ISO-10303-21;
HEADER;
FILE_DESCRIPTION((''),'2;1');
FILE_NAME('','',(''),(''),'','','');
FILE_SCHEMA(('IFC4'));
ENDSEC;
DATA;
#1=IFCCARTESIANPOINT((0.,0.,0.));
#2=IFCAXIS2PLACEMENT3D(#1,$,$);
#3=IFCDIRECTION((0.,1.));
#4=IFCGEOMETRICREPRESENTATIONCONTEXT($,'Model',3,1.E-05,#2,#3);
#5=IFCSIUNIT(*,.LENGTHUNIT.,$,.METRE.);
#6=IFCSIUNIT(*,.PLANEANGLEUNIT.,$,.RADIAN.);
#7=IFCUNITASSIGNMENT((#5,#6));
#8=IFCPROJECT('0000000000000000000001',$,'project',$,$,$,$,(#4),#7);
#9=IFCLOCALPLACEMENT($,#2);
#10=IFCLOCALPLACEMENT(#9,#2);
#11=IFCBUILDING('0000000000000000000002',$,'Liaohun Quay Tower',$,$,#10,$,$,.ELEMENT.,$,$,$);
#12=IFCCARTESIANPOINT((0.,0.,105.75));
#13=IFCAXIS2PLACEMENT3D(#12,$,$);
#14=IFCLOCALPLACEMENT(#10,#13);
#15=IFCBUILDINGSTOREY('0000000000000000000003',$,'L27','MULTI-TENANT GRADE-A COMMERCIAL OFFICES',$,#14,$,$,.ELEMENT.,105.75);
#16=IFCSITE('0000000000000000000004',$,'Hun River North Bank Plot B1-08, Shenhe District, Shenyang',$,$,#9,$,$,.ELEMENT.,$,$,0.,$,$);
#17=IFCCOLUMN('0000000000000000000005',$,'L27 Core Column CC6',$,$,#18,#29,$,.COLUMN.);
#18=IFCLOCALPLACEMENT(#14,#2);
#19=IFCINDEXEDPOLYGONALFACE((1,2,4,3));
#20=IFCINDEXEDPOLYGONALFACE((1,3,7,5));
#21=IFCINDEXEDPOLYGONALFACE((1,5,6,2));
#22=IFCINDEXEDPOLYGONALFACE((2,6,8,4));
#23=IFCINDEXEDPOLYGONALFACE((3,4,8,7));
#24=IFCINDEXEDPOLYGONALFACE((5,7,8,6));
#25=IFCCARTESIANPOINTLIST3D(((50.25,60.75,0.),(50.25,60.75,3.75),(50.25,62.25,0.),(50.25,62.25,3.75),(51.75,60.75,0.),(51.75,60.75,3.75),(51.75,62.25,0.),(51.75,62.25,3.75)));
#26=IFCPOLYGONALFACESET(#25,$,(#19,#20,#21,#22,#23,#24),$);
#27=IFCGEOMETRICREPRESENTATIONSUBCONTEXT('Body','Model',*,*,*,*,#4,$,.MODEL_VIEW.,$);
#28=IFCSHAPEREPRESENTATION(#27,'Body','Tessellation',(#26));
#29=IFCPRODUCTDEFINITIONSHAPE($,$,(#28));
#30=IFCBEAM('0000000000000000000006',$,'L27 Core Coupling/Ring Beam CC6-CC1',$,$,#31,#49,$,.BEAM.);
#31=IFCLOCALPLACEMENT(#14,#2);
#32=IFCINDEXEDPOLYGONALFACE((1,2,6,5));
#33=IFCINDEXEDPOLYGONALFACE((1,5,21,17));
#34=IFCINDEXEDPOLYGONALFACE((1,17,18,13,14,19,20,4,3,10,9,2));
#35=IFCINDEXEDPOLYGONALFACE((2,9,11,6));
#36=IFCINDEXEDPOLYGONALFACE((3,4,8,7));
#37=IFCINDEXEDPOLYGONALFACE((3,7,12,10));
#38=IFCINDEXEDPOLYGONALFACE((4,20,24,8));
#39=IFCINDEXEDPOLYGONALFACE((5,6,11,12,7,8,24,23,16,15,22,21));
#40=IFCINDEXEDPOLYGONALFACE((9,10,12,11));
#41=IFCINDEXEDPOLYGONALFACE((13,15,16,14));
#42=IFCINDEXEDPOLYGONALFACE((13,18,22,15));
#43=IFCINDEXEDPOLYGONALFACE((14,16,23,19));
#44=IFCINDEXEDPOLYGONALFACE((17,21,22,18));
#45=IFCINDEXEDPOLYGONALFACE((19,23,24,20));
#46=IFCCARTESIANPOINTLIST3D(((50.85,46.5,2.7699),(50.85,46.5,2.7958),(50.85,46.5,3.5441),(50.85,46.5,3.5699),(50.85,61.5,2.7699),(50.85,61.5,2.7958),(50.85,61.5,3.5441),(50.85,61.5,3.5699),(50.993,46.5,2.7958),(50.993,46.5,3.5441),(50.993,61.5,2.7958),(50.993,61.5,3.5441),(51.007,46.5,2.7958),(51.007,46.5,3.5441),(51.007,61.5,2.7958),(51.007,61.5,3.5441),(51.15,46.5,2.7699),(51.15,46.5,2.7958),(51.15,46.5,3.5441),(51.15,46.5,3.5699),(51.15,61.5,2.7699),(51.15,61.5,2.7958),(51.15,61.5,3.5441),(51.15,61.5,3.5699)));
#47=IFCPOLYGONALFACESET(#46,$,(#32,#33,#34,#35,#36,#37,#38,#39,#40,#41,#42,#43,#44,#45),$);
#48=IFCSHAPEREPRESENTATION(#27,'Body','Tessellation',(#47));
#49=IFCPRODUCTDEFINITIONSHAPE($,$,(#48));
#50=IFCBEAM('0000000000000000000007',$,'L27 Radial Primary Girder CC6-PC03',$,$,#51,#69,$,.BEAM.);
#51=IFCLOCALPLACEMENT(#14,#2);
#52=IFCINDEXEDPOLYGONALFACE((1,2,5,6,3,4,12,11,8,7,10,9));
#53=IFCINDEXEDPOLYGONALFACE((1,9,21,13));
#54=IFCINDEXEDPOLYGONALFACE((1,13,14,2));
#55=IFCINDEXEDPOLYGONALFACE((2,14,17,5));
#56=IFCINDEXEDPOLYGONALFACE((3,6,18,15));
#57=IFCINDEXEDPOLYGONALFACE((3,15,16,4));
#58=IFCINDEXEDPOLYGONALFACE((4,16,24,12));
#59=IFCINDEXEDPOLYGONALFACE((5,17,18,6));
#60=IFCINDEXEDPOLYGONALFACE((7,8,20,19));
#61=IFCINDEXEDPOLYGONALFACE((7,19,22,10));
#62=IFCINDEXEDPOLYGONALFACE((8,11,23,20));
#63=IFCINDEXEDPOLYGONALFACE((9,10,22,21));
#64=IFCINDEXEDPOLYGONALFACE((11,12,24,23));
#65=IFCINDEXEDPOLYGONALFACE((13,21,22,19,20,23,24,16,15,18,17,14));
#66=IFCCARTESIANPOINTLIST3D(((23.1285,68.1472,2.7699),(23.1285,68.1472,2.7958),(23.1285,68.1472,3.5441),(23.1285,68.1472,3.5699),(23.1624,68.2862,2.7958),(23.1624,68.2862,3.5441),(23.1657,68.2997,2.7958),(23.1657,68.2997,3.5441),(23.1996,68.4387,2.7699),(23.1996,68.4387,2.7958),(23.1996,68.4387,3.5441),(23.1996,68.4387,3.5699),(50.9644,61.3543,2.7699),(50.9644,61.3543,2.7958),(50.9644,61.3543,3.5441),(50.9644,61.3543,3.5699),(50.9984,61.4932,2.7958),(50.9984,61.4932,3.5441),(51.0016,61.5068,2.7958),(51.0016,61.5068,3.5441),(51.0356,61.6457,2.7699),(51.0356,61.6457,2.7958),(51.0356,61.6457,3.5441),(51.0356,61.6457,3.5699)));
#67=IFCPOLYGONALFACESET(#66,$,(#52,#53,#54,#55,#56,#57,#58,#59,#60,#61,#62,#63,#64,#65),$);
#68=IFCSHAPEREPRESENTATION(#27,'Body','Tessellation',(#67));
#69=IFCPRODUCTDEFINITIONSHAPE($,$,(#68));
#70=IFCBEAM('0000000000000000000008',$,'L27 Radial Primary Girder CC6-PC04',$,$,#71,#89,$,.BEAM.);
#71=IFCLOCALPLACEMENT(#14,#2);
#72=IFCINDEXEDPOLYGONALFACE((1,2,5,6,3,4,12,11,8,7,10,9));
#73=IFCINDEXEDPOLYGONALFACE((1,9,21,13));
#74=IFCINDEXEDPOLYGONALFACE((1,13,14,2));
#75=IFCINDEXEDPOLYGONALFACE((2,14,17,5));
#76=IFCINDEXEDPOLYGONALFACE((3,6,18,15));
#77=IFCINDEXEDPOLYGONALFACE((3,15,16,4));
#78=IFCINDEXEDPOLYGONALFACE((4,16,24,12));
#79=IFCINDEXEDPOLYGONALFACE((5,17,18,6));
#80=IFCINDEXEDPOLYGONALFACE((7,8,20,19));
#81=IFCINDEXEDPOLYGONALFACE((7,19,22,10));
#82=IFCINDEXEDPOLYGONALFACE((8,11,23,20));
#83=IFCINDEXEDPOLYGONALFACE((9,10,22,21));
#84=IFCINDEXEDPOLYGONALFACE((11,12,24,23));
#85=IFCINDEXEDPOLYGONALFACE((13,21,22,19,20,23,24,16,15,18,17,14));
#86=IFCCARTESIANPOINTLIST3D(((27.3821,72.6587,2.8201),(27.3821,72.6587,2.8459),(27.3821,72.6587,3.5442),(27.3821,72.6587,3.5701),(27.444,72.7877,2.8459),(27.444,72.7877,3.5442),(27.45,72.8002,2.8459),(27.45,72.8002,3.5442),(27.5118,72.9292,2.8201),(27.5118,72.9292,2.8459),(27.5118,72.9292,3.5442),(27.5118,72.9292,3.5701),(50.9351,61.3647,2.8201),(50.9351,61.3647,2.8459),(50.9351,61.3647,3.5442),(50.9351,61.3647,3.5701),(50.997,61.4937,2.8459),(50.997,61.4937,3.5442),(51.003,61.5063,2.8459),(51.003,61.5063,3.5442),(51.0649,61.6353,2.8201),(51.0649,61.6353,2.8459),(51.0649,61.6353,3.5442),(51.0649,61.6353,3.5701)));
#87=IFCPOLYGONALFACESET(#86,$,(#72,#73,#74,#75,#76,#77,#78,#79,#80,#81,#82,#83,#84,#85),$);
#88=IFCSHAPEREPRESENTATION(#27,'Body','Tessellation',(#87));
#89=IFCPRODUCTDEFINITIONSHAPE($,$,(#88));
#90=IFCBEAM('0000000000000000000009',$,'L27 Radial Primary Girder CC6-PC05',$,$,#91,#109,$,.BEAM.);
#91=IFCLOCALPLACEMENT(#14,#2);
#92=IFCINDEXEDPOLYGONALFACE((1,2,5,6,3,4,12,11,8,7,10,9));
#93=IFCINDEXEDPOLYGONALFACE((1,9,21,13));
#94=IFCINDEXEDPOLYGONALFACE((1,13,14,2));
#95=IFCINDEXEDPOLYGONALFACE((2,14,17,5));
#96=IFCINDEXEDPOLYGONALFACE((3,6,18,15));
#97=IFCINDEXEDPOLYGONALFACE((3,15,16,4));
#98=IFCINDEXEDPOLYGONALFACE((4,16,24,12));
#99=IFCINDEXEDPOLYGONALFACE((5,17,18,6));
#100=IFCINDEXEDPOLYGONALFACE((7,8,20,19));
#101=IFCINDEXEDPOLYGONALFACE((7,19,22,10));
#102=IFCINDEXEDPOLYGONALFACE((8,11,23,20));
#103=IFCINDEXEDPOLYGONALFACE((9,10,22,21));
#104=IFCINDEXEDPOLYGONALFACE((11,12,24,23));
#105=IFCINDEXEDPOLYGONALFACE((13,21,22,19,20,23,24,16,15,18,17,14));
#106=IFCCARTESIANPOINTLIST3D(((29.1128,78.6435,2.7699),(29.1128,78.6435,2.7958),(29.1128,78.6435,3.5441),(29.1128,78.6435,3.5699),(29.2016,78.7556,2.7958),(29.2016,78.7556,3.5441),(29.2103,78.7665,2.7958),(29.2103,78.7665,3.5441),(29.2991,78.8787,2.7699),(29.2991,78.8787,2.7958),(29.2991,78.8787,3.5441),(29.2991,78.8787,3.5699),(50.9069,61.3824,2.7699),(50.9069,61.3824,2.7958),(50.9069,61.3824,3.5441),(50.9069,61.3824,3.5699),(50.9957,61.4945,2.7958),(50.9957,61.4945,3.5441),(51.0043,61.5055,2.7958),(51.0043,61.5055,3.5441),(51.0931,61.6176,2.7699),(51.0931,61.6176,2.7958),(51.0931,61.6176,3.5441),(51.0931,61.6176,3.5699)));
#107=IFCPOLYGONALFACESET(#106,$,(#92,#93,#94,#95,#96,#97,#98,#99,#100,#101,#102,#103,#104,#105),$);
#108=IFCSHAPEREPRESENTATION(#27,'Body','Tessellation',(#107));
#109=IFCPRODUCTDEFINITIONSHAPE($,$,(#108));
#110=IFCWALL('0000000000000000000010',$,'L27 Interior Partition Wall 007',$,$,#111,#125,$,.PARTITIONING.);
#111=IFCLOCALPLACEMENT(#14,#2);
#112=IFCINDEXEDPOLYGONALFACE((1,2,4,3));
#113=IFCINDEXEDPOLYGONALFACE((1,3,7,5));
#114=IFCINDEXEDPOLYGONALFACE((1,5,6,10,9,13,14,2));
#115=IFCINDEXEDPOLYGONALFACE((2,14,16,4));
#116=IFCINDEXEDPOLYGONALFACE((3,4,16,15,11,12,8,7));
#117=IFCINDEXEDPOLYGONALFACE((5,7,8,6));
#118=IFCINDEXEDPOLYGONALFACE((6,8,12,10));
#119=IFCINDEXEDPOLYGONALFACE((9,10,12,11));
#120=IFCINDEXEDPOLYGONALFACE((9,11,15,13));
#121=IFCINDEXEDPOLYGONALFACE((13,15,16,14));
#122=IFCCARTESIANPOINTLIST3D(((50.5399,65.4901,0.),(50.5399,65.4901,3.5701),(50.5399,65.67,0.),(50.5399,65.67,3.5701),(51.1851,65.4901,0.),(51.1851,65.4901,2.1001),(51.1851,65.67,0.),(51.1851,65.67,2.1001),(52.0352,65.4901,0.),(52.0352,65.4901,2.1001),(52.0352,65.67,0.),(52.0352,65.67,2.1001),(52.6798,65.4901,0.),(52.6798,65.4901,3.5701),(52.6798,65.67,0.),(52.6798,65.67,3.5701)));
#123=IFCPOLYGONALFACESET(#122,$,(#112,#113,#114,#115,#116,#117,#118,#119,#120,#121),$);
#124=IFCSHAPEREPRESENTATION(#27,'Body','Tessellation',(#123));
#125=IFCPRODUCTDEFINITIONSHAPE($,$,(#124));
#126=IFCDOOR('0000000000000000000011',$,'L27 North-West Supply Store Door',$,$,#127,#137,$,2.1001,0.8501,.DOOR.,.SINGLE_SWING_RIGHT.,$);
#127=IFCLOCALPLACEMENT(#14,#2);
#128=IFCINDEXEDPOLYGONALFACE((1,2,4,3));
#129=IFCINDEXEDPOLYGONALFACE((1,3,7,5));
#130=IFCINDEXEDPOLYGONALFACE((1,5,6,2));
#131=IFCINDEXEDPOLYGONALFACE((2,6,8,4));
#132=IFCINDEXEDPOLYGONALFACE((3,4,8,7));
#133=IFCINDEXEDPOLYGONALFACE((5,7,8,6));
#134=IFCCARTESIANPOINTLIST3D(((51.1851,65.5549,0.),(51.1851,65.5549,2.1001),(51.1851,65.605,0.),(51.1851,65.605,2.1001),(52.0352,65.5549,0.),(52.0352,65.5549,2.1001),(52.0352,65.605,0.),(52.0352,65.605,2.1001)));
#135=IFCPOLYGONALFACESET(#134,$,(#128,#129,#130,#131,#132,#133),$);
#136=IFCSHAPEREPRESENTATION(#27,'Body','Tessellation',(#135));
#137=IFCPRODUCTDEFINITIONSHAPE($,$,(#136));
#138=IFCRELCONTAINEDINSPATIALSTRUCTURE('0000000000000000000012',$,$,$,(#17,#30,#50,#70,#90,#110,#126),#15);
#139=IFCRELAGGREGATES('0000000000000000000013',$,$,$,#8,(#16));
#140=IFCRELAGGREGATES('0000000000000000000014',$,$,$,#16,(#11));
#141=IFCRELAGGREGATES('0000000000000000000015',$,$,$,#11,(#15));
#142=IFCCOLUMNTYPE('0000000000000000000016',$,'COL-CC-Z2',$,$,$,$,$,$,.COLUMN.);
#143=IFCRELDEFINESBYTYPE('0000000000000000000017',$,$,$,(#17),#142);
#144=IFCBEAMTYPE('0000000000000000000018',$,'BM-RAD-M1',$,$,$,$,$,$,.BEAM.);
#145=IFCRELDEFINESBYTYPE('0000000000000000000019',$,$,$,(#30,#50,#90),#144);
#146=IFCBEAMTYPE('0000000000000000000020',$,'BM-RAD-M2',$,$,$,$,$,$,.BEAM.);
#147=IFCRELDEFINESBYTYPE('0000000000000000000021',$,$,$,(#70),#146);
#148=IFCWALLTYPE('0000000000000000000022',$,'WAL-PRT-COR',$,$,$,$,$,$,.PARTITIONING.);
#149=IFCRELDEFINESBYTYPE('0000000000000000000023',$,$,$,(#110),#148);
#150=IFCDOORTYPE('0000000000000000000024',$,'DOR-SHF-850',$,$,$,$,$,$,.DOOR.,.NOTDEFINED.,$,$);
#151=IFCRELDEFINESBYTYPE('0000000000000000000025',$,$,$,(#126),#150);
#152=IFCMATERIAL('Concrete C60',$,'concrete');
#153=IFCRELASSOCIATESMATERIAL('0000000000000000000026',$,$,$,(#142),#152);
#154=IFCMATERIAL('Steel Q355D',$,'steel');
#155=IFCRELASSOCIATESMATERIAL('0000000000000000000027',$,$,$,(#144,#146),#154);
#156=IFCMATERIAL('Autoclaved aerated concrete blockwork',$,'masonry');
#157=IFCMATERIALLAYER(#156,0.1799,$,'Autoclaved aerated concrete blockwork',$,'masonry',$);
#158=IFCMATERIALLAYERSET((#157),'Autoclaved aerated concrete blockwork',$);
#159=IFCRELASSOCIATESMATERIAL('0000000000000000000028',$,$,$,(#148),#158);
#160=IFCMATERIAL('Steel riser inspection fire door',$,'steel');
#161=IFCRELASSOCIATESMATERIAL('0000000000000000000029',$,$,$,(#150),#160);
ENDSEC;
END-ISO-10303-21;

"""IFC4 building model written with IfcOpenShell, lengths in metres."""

from ifc_helpers import new_model, si_unit, direction, frame, frame_2d, origin, origin_2d, place, context, subcontext, project, spatial, rectangle, i_section, extrude, source, transform, mapped, material, layer, layer_set, material_profile, profile_set, type_object, element, fill, save


model = new_model("IFC4")

# Units and contexts
model_context = context("Model", 3, precision=1e-05, world=origin(), true_north=direction((0.0, 1.0)))
body_context = subcontext(model_context, "Body", "Model", "MODEL_VIEW")
ifc_project = project(units=[si_unit("LENGTHUNIT", "METRE"), si_unit("PLANEANGLEUNIT", "RADIAN")], contexts=[model_context])

# Site, building, storey
site_placement = place(None, origin())
site = spatial("IfcSite", under=ifc_project, at=site_placement, Name="Hun River North Bank Plot B1-08, Shenhe District, Shenyang", CompositionType="ELEMENT", RefElevation=0.0)
building_placement = place(site_placement, origin())
building = spatial("IfcBuilding", under=site, at=building_placement, Name="Liaohun Quay Tower", CompositionType="ELEMENT")
storey_placement = place(building_placement, frame((0.0, 0.0, 105.75)))
storey = spatial("IfcBuildingStorey", under=building, at=storey_placement, Name="L27", Description="MULTI-TENANT GRADE-A COMMERCIAL OFFICES", CompositionType="ELEMENT", Elevation=105.75)

# Column
ifc_material_1 = material(Name="Concrete C60", Category="concrete")
ifc_material_profile_1 = material_profile(ifc_material_1, rectangle(XDim=1.5, YDim=1.5, at=origin_2d()), Name="RC1500x1500")
ifc_profile_set_1 = profile_set([ifc_material_profile_1], Name="Concrete C60")
column_type = type_object("IfcColumnType", Name="COL-CC-Z2", PredefinedType="COLUMN", material=ifc_profile_set_1)
shared_shape_1 = source(origin(), body_context, "Body", "SweptSolid", [
    extrude(rectangle(XDim=1.5, YDim=1.5, at=origin_2d()), origin(), (0.0, 0.0, 1.0), 3.75),
])
column_placement = place(storey_placement, frame((51.0, 61.5, 0.0), z_axis=(0.0, 0.0, 1.0), x_axis=(1.0, 0.0, 0.0)))
element("IfcColumn", 1, at=column_placement, inside=storey, type_object=column_type, Name="L27 Core Column CC6", PredefinedType="COLUMN", context=body_context, shape_type="MappedRepresentation", body=[
    mapped(shared_shape_1, transform((0.0, 0.0, 0.0), x_axis=(1.0, 0.0, 0.0), y_axis=(0.0, 1.0, 0.0), z_axis=(0.0, 0.0, 1.0), scale=1.0)),
])

# Beams
ifc_material_2 = material(Name="Steel Q355D", Category="steel")
ifc_material_profile_2 = material_profile(ifc_material_2, i_section(OverallWidth=0.3, OverallDepth=0.8, WebThickness=0.0139, FlangeThickness=0.0259, at=origin_2d()), Name="HN800x300x14x26")
ifc_profile_set_2 = profile_set([ifc_material_profile_2], Name="Steel Q355D")
beam_type_1 = type_object("IfcBeamType", Name="BM-RAD-M1", PredefinedType="BEAM", material=ifc_profile_set_2)
shared_shape_2 = source(origin(), body_context, "Body", "SweptSolid", [
    extrude(i_section(OverallWidth=0.3, OverallDepth=0.8, WebThickness=0.0139, FlangeThickness=0.0259, at=origin_2d()), origin(), (0.0, 0.0, 1.0), 15.0),
])
beam_1_placement = place(storey_placement, frame((51.0, 61.5, 3.1699), z_axis=(0.0, -1.0, 0.0), x_axis=(1.0, 0.0, 0.0)))
element("IfcBeam", 2, at=beam_1_placement, inside=storey, type_object=beam_type_1, Name="L27 Core Coupling/Ring Beam CC6-CC1", PredefinedType="BEAM", context=body_context, shape_type="MappedRepresentation", body=[
    mapped(shared_shape_2, transform((0.0, 0.0, 0.0), x_axis=(1.0, 0.0, 0.0), y_axis=(0.0, 1.0, 0.0), z_axis=(0.0, 0.0, 1.0), scale=1.0)),
])
shared_shape_3 = source(origin(), body_context, "Body", "SweptSolid", [
    extrude(i_section(OverallWidth=0.3, OverallDepth=0.8, WebThickness=0.0139, FlangeThickness=0.0259, at=origin_2d()), origin(), (0.0, 0.0, 1.0), 28.6528),
])
beam_2_placement = place(storey_placement, frame((51.0, 61.5, 3.1699), z_axis=(-0.97149, 0.237079, 0.0), x_axis=(-0.237079, -0.97149, 0.0)))
element("IfcBeam", 3, at=beam_2_placement, inside=storey, type_object=beam_type_1, Name="L27 Radial Primary Girder CC6-PC03", PredefinedType="BEAM", context=body_context, shape_type="MappedRepresentation", body=[
    mapped(shared_shape_3, transform((0.0, 0.0, 0.0), x_axis=(1.0, 0.0, 0.0), y_axis=(0.0, 1.0, 0.0), z_axis=(0.0, 0.0, 1.0), scale=1.0)),
])
ifc_material_profile_3 = material_profile(ifc_material_2, i_section(OverallWidth=0.3, OverallDepth=0.75, WebThickness=0.0139, FlangeThickness=0.0259, at=origin_2d()), Name="HN750x300x14x26")
ifc_profile_set_3 = profile_set([ifc_material_profile_3], Name="Steel Q355D")
beam_type_2 = type_object("IfcBeamType", Name="BM-RAD-M2", PredefinedType="BEAM", material=ifc_profile_set_3)
shared_shape_4 = source(origin(), body_context, "Body", "SweptSolid", [
    extrude(i_section(OverallWidth=0.3, OverallDepth=0.75, WebThickness=0.0139, FlangeThickness=0.0259, at=origin_2d()), origin(), (0.0, 0.0, 1.0), 26.1208),
])
beam_3_placement = place(storey_placement, frame((51.0, 61.5, 3.1951), z_axis=(-0.901695, 0.432374, 0.0), x_axis=(-0.432374, -0.901695, 0.0)))
element("IfcBeam", 4, at=beam_3_placement, inside=storey, type_object=beam_type_2, Name="L27 Radial Primary Girder CC6-PC04", PredefinedType="BEAM", context=body_context, shape_type="MappedRepresentation", body=[
    mapped(shared_shape_4, transform((0.0, 0.0, 0.0), x_axis=(1.0, 0.0, 0.0), y_axis=(0.0, 1.0, 0.0), z_axis=(0.0, 0.0, 1.0), scale=1.0)),
])
shared_shape_5 = source(origin(), body_context, "Body", "SweptSolid", [
    extrude(i_section(OverallWidth=0.3, OverallDepth=0.8, WebThickness=0.0139, FlangeThickness=0.0259, at=origin_2d()), origin(), (0.0, 0.0, 1.0), 27.8015),
])
beam_4_placement = place(storey_placement, frame((51.0, 61.5, 3.1699), z_axis=(-0.783915, 0.620868, 0.0), x_axis=(-0.620868, -0.783915, 0.0)))
element("IfcBeam", 5, at=beam_4_placement, inside=storey, type_object=beam_type_1, Name="L27 Radial Primary Girder CC6-PC05", PredefinedType="BEAM", context=body_context, shape_type="MappedRepresentation", body=[
    mapped(shared_shape_5, transform((0.0, 0.0, 0.0), x_axis=(1.0, 0.0, 0.0), y_axis=(0.0, 1.0, 0.0), z_axis=(0.0, 0.0, 1.0), scale=1.0)),
])

# Wall, opening, door
ifc_material_3 = material(Name="Autoclaved aerated concrete blockwork", Category="masonry")
ifc_layer_1 = layer(ifc_material_3, 0.1799, Name="Autoclaved aerated concrete blockwork", Category="masonry")
ifc_layer_set_1 = layer_set([ifc_layer_1], Name="Autoclaved aerated concrete blockwork")
wall_type_1 = type_object("IfcWallType", Name="WAL-PRT-COR", PredefinedType="PARTITIONING", material=ifc_layer_set_1)
wall_1_placement = place(storey_placement, frame((50.54, 65.5801, 0.0), z_axis=(0.0, 0.0, 1.0), x_axis=(1.0, 0.0, 0.0)))
wall_1 = element("IfcWall", 6, at=wall_1_placement, inside=storey, type_object=wall_type_1, Name="L27 Interior Partition Wall 007", PredefinedType="PARTITIONING", context=body_context, shape_type="SweptSolid", body=[
    extrude(rectangle(XDim=2.1399, YDim=0.1799, at=frame_2d((1.0698, 0.0))), origin(), (0.0, 0.0, 1.0), 3.5701),
])
shared_shape_6 = source(origin(), body_context, "Body", "SweptSolid", [
    extrude(rectangle(XDim=0.8501, YDim=2.1001, at=frame_2d((0.425, 1.05))), frame((0.0, 0.0999, 0.0), z_axis=(0.0, -1.0, 0.0), x_axis=(1.0, 0.0, 0.0)), (0.0, 0.0, 1.0), 0.2),
])
opening_1_placement = place(wall_1_placement, frame((0.645, 0.0, 0.0)))
opening_1 = element("IfcOpeningElement", 7, at=opening_1_placement, cuts=wall_1, PredefinedType="OPENING", context=body_context, shape_type="MappedRepresentation", body=[
    mapped(shared_shape_6, transform((0.0, 0.0, 0.0), x_axis=(1.0, 0.0, 0.0), y_axis=(0.0, 1.0, 0.0), z_axis=(0.0, 0.0, 1.0), scale=1.0)),
])
ifc_material_4 = material(Name="Steel riser inspection fire door", Category="steel")
door_type_1 = type_object("IfcDoorType", Name="DOR-SHF-850", OperationType="NOTDEFINED", PredefinedType="DOOR", material=ifc_material_4)
shared_shape_7 = source(origin(), body_context, "Body", "SweptSolid", [
    extrude(rectangle(XDim=0.8501, YDim=2.1001, at=frame_2d((0.425, 1.05))), frame((0.0, 0.0249, 0.0), z_axis=(0.0, -1.0, 0.0), x_axis=(1.0, 0.0, 0.0)), (0.0, 0.0, 1.0), 0.05),
])
door_1_placement = place(opening_1_placement, origin())
door_1 = element("IfcDoor", 8, at=door_1_placement, inside=storey, type_object=door_type_1, Name="L27 North-West Supply Store Door", OperationType="SINGLE_SWING_RIGHT", OverallHeight=2.1001, OverallWidth=0.8501, PredefinedType="DOOR", context=body_context, shape_type="MappedRepresentation", body=[
    mapped(shared_shape_7, transform((0.0, 0.0, 0.0), x_axis=(1.0, 0.0, 0.0), y_axis=(0.0, 1.0, 0.0), z_axis=(0.0, 0.0, 1.0), scale=1.0)),
])
fill(opening_1, door_1)

save(model, "model.ifc")
